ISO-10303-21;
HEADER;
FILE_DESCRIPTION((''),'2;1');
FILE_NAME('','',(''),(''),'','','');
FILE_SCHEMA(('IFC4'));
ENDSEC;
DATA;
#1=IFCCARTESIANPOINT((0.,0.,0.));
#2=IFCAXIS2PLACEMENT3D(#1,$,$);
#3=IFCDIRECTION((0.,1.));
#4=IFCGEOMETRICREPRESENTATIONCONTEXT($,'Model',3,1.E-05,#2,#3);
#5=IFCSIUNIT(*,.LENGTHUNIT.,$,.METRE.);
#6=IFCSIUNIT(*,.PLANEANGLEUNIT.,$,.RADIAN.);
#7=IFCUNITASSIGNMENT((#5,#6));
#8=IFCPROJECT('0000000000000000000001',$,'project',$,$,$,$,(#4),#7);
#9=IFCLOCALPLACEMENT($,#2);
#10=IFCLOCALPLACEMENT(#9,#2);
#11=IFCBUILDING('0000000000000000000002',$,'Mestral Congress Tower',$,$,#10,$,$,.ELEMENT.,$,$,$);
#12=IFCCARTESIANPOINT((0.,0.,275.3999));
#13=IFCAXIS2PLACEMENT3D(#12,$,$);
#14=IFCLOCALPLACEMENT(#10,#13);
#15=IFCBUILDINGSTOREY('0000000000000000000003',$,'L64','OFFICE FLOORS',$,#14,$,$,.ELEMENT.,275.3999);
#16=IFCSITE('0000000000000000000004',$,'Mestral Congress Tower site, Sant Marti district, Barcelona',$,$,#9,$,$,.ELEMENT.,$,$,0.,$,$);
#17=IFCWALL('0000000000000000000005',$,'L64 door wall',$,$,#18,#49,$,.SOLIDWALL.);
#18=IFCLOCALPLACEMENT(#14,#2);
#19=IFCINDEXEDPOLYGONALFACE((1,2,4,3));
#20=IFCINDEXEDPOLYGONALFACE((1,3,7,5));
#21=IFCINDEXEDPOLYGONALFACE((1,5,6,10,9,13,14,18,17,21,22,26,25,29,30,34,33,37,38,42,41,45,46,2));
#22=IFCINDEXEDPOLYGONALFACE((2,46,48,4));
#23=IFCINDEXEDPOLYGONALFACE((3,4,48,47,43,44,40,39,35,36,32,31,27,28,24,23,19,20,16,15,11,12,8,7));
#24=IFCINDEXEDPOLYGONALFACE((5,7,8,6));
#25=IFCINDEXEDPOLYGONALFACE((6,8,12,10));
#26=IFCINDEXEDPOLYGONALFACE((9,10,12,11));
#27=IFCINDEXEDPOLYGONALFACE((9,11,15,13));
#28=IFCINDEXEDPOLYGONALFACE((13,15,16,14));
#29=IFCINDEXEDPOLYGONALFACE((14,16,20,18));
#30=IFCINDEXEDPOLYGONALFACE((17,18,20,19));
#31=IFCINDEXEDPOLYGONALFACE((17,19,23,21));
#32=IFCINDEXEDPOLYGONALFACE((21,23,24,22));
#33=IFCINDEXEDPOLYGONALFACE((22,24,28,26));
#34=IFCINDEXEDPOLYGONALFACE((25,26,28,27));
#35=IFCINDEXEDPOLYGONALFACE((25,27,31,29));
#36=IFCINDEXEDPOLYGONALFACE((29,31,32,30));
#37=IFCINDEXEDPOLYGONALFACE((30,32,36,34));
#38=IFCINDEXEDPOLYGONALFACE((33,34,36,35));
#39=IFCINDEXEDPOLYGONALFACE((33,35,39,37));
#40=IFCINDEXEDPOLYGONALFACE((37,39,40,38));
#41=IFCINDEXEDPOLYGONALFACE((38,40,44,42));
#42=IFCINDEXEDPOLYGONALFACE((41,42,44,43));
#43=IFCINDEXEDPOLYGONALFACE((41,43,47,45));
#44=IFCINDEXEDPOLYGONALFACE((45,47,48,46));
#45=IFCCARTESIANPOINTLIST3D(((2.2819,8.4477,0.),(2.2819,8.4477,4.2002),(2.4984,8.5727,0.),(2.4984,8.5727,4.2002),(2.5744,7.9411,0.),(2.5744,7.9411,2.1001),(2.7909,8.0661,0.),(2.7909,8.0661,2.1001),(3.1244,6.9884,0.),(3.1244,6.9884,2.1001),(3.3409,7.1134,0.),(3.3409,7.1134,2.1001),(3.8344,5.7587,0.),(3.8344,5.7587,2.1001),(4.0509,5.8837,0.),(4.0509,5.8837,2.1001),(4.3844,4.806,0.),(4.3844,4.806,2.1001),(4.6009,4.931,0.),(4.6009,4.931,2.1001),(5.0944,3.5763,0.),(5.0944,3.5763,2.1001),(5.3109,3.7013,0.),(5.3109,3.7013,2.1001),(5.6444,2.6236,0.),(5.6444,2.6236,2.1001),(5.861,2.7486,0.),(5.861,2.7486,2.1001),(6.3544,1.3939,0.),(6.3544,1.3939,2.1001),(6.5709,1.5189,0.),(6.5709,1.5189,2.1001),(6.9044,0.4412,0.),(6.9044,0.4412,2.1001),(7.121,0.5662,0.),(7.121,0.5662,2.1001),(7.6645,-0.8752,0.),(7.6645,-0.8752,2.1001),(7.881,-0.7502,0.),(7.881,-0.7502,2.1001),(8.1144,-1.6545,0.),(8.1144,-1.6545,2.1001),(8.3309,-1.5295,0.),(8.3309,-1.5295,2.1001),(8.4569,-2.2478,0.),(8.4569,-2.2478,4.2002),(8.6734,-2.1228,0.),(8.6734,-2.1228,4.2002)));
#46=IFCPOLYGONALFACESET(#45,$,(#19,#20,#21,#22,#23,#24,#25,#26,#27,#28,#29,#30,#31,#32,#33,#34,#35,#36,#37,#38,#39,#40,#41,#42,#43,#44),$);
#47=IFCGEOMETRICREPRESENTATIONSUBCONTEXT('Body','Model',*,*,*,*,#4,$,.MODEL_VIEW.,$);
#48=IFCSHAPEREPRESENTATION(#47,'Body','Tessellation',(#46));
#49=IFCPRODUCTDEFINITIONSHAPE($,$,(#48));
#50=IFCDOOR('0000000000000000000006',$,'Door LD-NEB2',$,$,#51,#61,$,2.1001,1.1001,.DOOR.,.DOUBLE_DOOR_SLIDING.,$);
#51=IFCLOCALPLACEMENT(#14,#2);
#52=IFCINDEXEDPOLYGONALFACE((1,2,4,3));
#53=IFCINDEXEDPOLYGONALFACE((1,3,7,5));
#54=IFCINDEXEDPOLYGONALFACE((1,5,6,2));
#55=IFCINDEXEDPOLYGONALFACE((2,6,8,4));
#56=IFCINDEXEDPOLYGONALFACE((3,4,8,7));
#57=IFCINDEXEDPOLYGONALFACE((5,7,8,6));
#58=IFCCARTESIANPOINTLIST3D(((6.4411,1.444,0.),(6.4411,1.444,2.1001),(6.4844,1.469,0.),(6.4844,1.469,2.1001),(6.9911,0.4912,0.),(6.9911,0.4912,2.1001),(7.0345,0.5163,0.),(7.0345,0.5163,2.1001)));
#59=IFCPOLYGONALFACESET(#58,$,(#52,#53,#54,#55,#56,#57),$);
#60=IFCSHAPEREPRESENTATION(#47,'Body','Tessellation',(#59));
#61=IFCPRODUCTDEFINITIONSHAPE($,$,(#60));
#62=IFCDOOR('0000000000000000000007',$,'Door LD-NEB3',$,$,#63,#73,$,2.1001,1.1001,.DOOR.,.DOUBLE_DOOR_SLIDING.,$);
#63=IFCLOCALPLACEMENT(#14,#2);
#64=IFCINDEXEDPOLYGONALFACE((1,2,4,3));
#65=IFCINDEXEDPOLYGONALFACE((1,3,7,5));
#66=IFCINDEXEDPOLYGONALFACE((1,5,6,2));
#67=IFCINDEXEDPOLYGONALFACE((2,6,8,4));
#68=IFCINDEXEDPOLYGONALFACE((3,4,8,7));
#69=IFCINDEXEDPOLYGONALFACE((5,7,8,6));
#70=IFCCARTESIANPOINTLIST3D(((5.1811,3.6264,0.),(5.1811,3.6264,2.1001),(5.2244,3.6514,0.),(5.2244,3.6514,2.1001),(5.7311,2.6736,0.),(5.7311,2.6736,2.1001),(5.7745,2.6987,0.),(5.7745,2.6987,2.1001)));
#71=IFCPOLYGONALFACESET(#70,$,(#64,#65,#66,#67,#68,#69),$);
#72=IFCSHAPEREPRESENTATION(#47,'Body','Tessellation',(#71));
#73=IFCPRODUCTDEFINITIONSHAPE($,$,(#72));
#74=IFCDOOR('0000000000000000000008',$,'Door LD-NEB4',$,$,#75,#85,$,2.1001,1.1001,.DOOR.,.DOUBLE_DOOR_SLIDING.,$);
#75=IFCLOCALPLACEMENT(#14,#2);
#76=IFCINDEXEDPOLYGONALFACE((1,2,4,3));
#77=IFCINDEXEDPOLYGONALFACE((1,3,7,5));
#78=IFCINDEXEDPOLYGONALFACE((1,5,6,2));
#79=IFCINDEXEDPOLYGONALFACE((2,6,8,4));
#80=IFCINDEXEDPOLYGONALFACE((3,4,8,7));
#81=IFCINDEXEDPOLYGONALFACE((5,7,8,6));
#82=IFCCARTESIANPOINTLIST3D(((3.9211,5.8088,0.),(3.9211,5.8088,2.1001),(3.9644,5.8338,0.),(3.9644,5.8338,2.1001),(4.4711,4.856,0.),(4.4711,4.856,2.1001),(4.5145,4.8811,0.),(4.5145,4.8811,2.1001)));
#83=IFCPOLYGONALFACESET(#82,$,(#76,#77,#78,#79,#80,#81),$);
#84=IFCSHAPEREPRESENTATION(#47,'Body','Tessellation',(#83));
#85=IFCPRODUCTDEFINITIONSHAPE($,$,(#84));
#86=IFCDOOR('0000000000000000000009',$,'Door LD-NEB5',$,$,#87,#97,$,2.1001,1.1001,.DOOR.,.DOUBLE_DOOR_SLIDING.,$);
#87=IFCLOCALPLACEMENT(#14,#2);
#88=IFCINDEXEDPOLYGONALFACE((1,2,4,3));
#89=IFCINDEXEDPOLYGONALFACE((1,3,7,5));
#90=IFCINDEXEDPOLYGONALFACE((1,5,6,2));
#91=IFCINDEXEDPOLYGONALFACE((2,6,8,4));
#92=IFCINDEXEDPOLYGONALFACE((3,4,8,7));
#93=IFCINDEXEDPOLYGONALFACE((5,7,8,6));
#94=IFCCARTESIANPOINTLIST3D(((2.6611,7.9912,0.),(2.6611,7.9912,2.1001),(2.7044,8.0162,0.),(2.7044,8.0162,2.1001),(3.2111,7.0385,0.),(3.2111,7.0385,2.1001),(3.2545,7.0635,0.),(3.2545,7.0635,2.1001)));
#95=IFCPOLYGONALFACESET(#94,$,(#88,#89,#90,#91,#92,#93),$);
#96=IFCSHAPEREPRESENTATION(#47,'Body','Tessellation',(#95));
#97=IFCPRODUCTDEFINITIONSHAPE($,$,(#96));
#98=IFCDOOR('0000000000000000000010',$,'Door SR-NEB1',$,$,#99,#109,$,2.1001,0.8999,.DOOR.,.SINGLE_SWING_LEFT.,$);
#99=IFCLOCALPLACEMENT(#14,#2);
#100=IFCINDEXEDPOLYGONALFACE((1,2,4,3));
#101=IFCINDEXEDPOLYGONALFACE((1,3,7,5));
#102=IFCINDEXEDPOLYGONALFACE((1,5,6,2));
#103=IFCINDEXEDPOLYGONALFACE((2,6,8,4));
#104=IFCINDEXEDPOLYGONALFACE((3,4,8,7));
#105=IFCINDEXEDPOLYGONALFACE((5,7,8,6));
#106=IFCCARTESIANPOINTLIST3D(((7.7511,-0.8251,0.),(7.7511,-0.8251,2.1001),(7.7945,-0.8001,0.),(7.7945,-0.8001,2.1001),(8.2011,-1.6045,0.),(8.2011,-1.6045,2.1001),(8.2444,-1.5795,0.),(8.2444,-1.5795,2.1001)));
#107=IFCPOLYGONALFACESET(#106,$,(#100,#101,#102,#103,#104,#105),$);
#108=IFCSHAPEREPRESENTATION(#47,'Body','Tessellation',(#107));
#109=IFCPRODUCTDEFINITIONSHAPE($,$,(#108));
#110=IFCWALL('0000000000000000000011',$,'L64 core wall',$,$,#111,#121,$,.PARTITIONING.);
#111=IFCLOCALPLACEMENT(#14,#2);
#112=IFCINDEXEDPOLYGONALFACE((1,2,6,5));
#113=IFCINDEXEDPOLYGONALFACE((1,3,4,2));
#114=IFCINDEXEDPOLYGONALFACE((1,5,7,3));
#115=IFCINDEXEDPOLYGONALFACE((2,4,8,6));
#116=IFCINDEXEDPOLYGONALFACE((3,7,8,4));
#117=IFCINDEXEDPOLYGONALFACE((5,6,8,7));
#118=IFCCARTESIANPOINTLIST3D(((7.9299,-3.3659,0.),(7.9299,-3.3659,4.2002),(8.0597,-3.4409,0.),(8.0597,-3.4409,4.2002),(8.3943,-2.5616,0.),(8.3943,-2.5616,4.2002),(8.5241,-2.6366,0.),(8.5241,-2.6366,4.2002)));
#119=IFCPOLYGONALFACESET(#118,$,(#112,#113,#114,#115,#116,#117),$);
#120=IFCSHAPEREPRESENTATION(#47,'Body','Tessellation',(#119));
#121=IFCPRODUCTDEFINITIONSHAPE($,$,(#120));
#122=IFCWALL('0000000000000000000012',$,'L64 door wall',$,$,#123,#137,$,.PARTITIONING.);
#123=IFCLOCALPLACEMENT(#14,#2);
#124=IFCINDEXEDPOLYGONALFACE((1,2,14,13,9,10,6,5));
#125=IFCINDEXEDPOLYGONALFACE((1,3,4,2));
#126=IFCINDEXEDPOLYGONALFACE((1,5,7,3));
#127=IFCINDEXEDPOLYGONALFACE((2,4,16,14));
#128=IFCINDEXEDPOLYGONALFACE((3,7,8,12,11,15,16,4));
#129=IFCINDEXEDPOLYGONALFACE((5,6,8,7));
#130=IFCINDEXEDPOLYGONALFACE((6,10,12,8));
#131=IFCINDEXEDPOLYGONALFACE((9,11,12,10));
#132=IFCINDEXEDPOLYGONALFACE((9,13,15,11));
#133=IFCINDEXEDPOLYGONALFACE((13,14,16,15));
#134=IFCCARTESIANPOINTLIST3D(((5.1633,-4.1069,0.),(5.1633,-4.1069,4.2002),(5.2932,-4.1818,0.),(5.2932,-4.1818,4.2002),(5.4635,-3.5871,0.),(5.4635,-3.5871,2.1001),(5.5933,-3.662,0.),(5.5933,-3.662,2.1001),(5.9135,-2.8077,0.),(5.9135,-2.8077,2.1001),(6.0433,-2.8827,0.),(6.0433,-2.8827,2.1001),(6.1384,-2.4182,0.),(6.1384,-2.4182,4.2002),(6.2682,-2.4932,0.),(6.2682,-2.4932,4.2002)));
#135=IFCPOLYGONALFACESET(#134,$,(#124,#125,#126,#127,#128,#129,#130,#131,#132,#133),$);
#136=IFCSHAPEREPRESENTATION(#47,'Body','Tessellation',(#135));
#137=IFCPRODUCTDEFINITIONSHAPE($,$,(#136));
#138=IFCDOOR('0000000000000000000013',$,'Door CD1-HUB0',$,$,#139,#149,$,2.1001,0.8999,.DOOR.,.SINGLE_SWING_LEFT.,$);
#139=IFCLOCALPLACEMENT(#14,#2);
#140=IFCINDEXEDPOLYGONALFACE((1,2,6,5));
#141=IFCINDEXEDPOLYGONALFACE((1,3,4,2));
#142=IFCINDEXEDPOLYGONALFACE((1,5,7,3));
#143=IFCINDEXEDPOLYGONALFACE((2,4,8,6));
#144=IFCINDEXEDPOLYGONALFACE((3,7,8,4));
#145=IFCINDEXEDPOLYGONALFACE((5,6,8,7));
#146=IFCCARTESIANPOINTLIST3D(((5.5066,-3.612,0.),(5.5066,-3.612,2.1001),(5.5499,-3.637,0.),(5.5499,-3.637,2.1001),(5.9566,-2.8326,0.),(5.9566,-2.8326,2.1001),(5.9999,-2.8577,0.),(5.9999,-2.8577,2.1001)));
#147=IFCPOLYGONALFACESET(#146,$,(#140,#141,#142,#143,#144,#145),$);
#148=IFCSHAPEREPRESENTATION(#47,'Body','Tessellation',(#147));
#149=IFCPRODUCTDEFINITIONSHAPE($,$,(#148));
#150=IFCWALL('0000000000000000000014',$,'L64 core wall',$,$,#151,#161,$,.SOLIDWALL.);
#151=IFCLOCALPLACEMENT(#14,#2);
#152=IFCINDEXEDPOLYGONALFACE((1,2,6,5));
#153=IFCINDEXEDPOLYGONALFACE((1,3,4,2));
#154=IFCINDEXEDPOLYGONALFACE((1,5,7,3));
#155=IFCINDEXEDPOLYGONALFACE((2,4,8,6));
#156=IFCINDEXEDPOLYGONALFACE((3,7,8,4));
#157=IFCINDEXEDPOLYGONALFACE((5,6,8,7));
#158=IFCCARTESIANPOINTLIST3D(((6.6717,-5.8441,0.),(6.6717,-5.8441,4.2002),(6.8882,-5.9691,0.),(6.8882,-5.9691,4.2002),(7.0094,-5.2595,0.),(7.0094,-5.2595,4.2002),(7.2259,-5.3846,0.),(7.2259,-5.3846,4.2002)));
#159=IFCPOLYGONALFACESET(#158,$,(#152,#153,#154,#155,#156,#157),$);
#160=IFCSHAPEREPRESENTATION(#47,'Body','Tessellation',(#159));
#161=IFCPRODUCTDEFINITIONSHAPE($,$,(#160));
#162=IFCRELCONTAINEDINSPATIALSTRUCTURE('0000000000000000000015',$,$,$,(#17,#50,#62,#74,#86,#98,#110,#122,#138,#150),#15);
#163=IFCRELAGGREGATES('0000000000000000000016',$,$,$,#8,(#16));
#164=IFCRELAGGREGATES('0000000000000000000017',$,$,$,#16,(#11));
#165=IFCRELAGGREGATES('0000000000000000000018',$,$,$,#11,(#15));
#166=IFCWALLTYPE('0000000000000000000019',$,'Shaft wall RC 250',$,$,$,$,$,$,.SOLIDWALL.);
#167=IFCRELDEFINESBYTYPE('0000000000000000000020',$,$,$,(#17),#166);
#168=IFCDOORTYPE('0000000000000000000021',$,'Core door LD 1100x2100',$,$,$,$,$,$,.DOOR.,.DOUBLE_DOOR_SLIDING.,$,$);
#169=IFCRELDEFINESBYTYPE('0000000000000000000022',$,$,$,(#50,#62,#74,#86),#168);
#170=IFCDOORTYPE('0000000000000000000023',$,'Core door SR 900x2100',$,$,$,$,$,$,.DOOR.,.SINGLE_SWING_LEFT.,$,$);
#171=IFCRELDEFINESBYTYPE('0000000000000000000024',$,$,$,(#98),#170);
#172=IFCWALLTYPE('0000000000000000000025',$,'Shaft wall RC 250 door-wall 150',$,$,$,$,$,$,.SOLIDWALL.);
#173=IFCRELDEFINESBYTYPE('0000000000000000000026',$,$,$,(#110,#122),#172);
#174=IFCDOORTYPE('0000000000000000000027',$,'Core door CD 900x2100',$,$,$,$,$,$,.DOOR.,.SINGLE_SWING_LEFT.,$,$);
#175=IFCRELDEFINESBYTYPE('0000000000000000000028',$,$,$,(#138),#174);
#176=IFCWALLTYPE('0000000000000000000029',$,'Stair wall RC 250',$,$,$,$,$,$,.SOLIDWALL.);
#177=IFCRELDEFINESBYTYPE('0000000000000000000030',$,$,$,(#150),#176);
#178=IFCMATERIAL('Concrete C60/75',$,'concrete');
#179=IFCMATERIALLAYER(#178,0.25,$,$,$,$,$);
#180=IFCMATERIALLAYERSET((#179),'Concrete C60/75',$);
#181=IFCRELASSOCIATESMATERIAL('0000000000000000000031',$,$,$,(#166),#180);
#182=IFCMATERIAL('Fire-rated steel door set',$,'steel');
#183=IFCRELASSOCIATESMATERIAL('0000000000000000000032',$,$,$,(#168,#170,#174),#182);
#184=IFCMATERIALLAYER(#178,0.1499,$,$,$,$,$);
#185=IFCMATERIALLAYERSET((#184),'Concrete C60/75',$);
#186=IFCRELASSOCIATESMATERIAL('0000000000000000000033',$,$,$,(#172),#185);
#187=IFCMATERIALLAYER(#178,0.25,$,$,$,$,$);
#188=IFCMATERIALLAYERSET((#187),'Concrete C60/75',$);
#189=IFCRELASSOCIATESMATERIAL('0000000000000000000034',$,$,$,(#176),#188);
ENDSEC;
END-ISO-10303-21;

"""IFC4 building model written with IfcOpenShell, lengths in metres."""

from ifc_helpers import new_model, si_unit, direction, frame, frame_2d, origin, place, context, subcontext, project, spatial, rectangle, extrude, material, layer, layer_set, type_object, element, fill, save


model = new_model("IFC4")

# Units and contexts
model_context = context("Model", 3, precision=1e-05, world=origin(), true_north=direction((0.0, 1.0)))
body_context = subcontext(model_context, "Body", "Model", "MODEL_VIEW")
ifc_project = project(units=[si_unit("LENGTHUNIT", "METRE"), si_unit("PLANEANGLEUNIT", "RADIAN")], contexts=[model_context])

# Site, building, storey
site_placement = place(None, origin())
site = spatial("IfcSite", under=ifc_project, at=site_placement, Name="Mestral Congress Tower site, Sant Marti district, Barcelona", CompositionType="ELEMENT", RefElevation=0.0)
building_placement = place(site_placement, origin())
building = spatial("IfcBuilding", under=site, at=building_placement, Name="Mestral Congress Tower", CompositionType="ELEMENT")
storey_placement = place(building_placement, frame((0.0, 0.0, 275.3999)))
storey = spatial("IfcBuildingStorey", under=building, at=storey_placement, Name="L64", Description="OFFICE FLOORS", CompositionType="ELEMENT", Elevation=275.3999)

# Shared definitions
ifc_material_1 = material(Name="Fire-rated steel door set", Category="steel")

# Shared definitions
ifc_material_2 = material(Name="Concrete C60/75", Category="concrete")
ifc_layer_1 = layer(ifc_material_2, 0.25)
ifc_layer_set_1 = layer_set([ifc_layer_1], Name="Concrete C60/75")
wall_type_1 = type_object("IfcWallType", Name="Shaft wall RC 250", PredefinedType="SOLIDWALL", material=ifc_layer_set_1)

# Wall, openings, doors
wall_1_placement = place(storey_placement, frame((8.5652, -2.1853, 0.0), z_axis=(0.0, 0.0, 1.0), x_axis=(-0.499998, 0.866027, 0.0)))
wall_1 = element("IfcWall", 1, at=wall_1_placement, inside=storey, type_object=wall_type_1, Name="L64 door wall", PredefinedType="SOLIDWALL", context=body_context, shape_type="SweptSolid", body=[
    extrude(rectangle(XDim=12.3501, YDim=0.25, at=frame_2d((6.175, 0.0))), origin(), (0.0, 0.0, 1.0), 4.2002),
])
opening_1_placement = place(wall_1_placement, frame((0.6851, 0.0, 0.0)))
opening_1 = element("IfcOpeningElement", 2, at=opening_1_placement, cuts=wall_1, PredefinedType="OPENING", context=body_context, shape_type="SweptSolid", body=[
    extrude(rectangle(XDim=0.8999, YDim=2.1001, at=frame_2d((0.45, 1.05))), frame((0.0, 0.135, 0.0), z_axis=(0.0, -1.0, 0.0), x_axis=(1.0, 0.0, 0.0)), (0.0, 0.0, 1.0), 0.27),
])
opening_2_placement = place(wall_1_placement, frame((3.105, 0.0, 0.0)))
opening_2 = element("IfcOpeningElement", 3, at=opening_2_placement, cuts=wall_1, PredefinedType="OPENING", context=body_context, shape_type="SweptSolid", body=[
    extrude(rectangle(XDim=1.1001, YDim=2.1001, at=frame_2d((0.55, 1.05))), frame((0.0, 0.135, 0.0), z_axis=(0.0, -1.0, 0.0), x_axis=(1.0, 0.0, 0.0)), (0.0, 0.0, 1.0), 0.27),
])
opening_3_placement = place(wall_1_placement, frame((5.625, 0.0, 0.0)))
opening_3 = element("IfcOpeningElement", 4, at=opening_3_placement, cuts=wall_1, PredefinedType="OPENING", context=body_context, shape_type="SweptSolid", body=[
    extrude(rectangle(XDim=1.1001, YDim=2.1001, at=frame_2d((0.55, 1.05))), frame((0.0, 0.135, 0.0), z_axis=(0.0, -1.0, 0.0), x_axis=(1.0, 0.0, 0.0)), (0.0, 0.0, 1.0), 0.27),
])
opening_4_placement = place(wall_1_placement, frame((8.145, 0.0, 0.0)))
opening_4 = element("IfcOpeningElement", 5, at=opening_4_placement, cuts=wall_1, PredefinedType="OPENING", context=body_context, shape_type="SweptSolid", body=[
    extrude(rectangle(XDim=1.1001, YDim=2.1001, at=frame_2d((0.55, 1.05))), frame((0.0, 0.135, 0.0), z_axis=(0.0, -1.0, 0.0), x_axis=(1.0, 0.0, 0.0)), (0.0, 0.0, 1.0), 0.27),
])
opening_5_placement = place(wall_1_placement, frame((10.665, 0.0, 0.0)))
opening_5 = element("IfcOpeningElement", 6, at=opening_5_placement, cuts=wall_1, PredefinedType="OPENING", context=body_context, shape_type="SweptSolid", body=[
    extrude(rectangle(XDim=1.1001, YDim=2.1001, at=frame_2d((0.55, 1.05))), frame((0.0, 0.135, 0.0), z_axis=(0.0, -1.0, 0.0), x_axis=(1.0, 0.0, 0.0)), (0.0, 0.0, 1.0), 0.27),
])
door_type_1 = type_object("IfcDoorType", Name="Core door LD 1100x2100", OperationType="DOUBLE_DOOR_SLIDING", PredefinedType="DOOR", material=ifc_material_1)
door_1_placement = place(opening_2_placement, origin())
door_1 = element("IfcDoor", 7, at=door_1_placement, inside=storey, type_object=door_type_1, Name="Door LD-NEB2", OperationType="DOUBLE_DOOR_SLIDING", OverallHeight=2.1001, OverallWidth=1.1001, PredefinedType="DOOR", context=body_context, shape_type="SweptSolid", body=[
    extrude(rectangle(XDim=1.1001, YDim=2.1001, at=frame_2d((0.55, 1.05))), frame((0.0, 0.0249, 0.0), z_axis=(0.0, -1.0, 0.0), x_axis=(1.0, 0.0, 0.0)), (0.0, 0.0, 1.0), 0.05),
])
fill(opening_2, door_1)
door_2_placement = place(opening_3_placement, origin())
door_2 = element("IfcDoor", 8, at=door_2_placement, inside=storey, type_object=door_type_1, Name="Door LD-NEB3", OperationType="DOUBLE_DOOR_SLIDING", OverallHeight=2.1001, OverallWidth=1.1001, PredefinedType="DOOR", context=body_context, shape_type="SweptSolid", body=[
    extrude(rectangle(XDim=1.1001, YDim=2.1001, at=frame_2d((0.55, 1.05))), frame((0.0, 0.0249, 0.0), z_axis=(0.0, -1.0, 0.0), x_axis=(1.0, 0.0, 0.0)), (0.0, 0.0, 1.0), 0.05),
])
fill(opening_3, door_2)
door_3_placement = place(opening_4_placement, origin())
door_3 = element("IfcDoor", 9, at=door_3_placement, inside=storey, type_object=door_type_1, Name="Door LD-NEB4", OperationType="DOUBLE_DOOR_SLIDING", OverallHeight=2.1001, OverallWidth=1.1001, PredefinedType="DOOR", context=body_context, shape_type="SweptSolid", body=[
    extrude(rectangle(XDim=1.1001, YDim=2.1001, at=frame_2d((0.55, 1.05))), frame((0.0, 0.0249, 0.0), z_axis=(0.0, -1.0, 0.0), x_axis=(1.0, 0.0, 0.0)), (0.0, 0.0, 1.0), 0.05),
])
fill(opening_4, door_3)
door_4_placement = place(opening_5_placement, origin())
door_4 = element("IfcDoor", 10, at=door_4_placement, inside=storey, type_object=door_type_1, Name="Door LD-NEB5", OperationType="DOUBLE_DOOR_SLIDING", OverallHeight=2.1001, OverallWidth=1.1001, PredefinedType="DOOR", context=body_context, shape_type="SweptSolid", body=[
    extrude(rectangle(XDim=1.1001, YDim=2.1001, at=frame_2d((0.55, 1.05))), frame((0.0, 0.0249, 0.0), z_axis=(0.0, -1.0, 0.0), x_axis=(1.0, 0.0, 0.0)), (0.0, 0.0, 1.0), 0.05),
])
fill(opening_5, door_4)
door_type_2 = type_object("IfcDoorType", Name="Core door SR 900x2100", OperationType="SINGLE_SWING_LEFT", PredefinedType="DOOR", material=ifc_material_1)
door_5_placement = place(opening_1_placement, origin())
door_5 = element("IfcDoor", 11, at=door_5_placement, inside=storey, type_object=door_type_2, Name="Door SR-NEB1", OperationType="SINGLE_SWING_LEFT", OverallHeight=2.1001, OverallWidth=0.8999, PredefinedType="DOOR", context=body_context, shape_type="SweptSolid", body=[
    extrude(rectangle(XDim=0.8999, YDim=2.1001, at=frame_2d((0.45, 1.05))), frame((0.0, 0.0249, 0.0), z_axis=(0.0, -1.0, 0.0), x_axis=(1.0, 0.0, 0.0)), (0.0, 0.0, 1.0), 0.05),
])
fill(opening_1, door_5)

# Wall
ifc_layer_2 = layer(ifc_material_2, 0.1499)
ifc_layer_set_2 = layer_set([ifc_layer_2], Name="Concrete C60/75")
wall_type_2 = type_object("IfcWallType", Name="Shaft wall RC 250 door-wall 150", PredefinedType="SOLIDWALL", material=ifc_layer_set_2)
wall_2_placement = place(storey_placement, frame((8.4592, -2.5991, 0.0), z_axis=(0.0, 0.0, 1.0), x_axis=(-0.500041, -0.866002, 0.0)))
element("IfcWall", 12, at=wall_2_placement, inside=storey, type_object=wall_type_2, Name="L64 core wall", PredefinedType="PARTITIONING", context=body_context, shape_type="SweptSolid", body=[
    extrude(rectangle(XDim=0.9287, YDim=0.1499, at=frame_2d((0.4644, 0.0))), origin(), (0.0, 0.0, 1.0), 4.2002),
])

# Wall, opening, door
wall_3_placement = place(storey_placement, frame((6.2034, -2.4556, 0.0), z_axis=(0.0, 0.0, 1.0), x_axis=(-0.500044, -0.866, 0.0)))
wall_3 = element("IfcWall", 13, at=wall_3_placement, inside=storey, type_object=wall_type_2, Name="L64 door wall", PredefinedType="PARTITIONING", context=body_context, shape_type="SweptSolid", body=[
    extrude(rectangle(XDim=1.95, YDim=0.1499, at=frame_2d((0.9751, 0.0))), origin(), (0.0, 0.0, 1.0), 4.2002),
])
opening_6_placement = place(wall_3_placement, frame((0.45, 0.0, 0.0)))
opening_6 = element("IfcOpeningElement", 14, at=opening_6_placement, cuts=wall_3, PredefinedType="OPENING", context=body_context, shape_type="SweptSolid", body=[
    extrude(rectangle(XDim=0.8999, YDim=2.1001, at=frame_2d((0.45, 1.05))), frame((0.0, 0.085, 0.0), z_axis=(0.0, -1.0, 0.0), x_axis=(1.0, 0.0, 0.0)), (0.0, 0.0, 1.0), 0.1699),
])
door_type_3 = type_object("IfcDoorType", Name="Core door CD 900x2100", OperationType="SINGLE_SWING_LEFT", PredefinedType="DOOR", material=ifc_material_1)
door_6_placement = place(opening_6_placement, origin())
door_6 = element("IfcDoor", 15, at=door_6_placement, inside=storey, type_object=door_type_3, Name="Door CD1-HUB0", OperationType="SINGLE_SWING_LEFT", OverallHeight=2.1001, OverallWidth=0.8999, PredefinedType="DOOR", context=body_context, shape_type="SweptSolid", body=[
    extrude(rectangle(XDim=0.8999, YDim=2.1001, at=frame_2d((0.45, 1.05))), frame((0.0, 0.0249, 0.0), z_axis=(0.0, -1.0, 0.0), x_axis=(1.0, 0.0, 0.0)), (0.0, 0.0, 1.0), 0.05),
])
fill(opening_6, door_6)

# Wall
ifc_layer_3 = layer(ifc_material_2, 0.25)
ifc_layer_set_3 = layer_set([ifc_layer_3], Name="Concrete C60/75")
wall_type_3 = type_object("IfcWallType", Name="Stair wall RC 250", PredefinedType="SOLIDWALL", material=ifc_layer_set_3)
wall_4_placement = place(storey_placement, frame((6.78, -5.9065, 0.0), z_axis=(0.0, 0.0, 1.0), x_axis=(0.500223, 0.865896, 0.0)))
element("IfcWall", 16, at=wall_4_placement, inside=storey, type_object=wall_type_3, Name="L64 core wall", PredefinedType="SOLIDWALL", context=body_context, shape_type="SweptSolid", body=[
    extrude(rectangle(XDim=0.675, YDim=0.25, at=frame_2d((0.3374, 0.0))), origin(), (0.0, 0.0, 1.0), 4.2002),
])

save(model, "model.ifc")
